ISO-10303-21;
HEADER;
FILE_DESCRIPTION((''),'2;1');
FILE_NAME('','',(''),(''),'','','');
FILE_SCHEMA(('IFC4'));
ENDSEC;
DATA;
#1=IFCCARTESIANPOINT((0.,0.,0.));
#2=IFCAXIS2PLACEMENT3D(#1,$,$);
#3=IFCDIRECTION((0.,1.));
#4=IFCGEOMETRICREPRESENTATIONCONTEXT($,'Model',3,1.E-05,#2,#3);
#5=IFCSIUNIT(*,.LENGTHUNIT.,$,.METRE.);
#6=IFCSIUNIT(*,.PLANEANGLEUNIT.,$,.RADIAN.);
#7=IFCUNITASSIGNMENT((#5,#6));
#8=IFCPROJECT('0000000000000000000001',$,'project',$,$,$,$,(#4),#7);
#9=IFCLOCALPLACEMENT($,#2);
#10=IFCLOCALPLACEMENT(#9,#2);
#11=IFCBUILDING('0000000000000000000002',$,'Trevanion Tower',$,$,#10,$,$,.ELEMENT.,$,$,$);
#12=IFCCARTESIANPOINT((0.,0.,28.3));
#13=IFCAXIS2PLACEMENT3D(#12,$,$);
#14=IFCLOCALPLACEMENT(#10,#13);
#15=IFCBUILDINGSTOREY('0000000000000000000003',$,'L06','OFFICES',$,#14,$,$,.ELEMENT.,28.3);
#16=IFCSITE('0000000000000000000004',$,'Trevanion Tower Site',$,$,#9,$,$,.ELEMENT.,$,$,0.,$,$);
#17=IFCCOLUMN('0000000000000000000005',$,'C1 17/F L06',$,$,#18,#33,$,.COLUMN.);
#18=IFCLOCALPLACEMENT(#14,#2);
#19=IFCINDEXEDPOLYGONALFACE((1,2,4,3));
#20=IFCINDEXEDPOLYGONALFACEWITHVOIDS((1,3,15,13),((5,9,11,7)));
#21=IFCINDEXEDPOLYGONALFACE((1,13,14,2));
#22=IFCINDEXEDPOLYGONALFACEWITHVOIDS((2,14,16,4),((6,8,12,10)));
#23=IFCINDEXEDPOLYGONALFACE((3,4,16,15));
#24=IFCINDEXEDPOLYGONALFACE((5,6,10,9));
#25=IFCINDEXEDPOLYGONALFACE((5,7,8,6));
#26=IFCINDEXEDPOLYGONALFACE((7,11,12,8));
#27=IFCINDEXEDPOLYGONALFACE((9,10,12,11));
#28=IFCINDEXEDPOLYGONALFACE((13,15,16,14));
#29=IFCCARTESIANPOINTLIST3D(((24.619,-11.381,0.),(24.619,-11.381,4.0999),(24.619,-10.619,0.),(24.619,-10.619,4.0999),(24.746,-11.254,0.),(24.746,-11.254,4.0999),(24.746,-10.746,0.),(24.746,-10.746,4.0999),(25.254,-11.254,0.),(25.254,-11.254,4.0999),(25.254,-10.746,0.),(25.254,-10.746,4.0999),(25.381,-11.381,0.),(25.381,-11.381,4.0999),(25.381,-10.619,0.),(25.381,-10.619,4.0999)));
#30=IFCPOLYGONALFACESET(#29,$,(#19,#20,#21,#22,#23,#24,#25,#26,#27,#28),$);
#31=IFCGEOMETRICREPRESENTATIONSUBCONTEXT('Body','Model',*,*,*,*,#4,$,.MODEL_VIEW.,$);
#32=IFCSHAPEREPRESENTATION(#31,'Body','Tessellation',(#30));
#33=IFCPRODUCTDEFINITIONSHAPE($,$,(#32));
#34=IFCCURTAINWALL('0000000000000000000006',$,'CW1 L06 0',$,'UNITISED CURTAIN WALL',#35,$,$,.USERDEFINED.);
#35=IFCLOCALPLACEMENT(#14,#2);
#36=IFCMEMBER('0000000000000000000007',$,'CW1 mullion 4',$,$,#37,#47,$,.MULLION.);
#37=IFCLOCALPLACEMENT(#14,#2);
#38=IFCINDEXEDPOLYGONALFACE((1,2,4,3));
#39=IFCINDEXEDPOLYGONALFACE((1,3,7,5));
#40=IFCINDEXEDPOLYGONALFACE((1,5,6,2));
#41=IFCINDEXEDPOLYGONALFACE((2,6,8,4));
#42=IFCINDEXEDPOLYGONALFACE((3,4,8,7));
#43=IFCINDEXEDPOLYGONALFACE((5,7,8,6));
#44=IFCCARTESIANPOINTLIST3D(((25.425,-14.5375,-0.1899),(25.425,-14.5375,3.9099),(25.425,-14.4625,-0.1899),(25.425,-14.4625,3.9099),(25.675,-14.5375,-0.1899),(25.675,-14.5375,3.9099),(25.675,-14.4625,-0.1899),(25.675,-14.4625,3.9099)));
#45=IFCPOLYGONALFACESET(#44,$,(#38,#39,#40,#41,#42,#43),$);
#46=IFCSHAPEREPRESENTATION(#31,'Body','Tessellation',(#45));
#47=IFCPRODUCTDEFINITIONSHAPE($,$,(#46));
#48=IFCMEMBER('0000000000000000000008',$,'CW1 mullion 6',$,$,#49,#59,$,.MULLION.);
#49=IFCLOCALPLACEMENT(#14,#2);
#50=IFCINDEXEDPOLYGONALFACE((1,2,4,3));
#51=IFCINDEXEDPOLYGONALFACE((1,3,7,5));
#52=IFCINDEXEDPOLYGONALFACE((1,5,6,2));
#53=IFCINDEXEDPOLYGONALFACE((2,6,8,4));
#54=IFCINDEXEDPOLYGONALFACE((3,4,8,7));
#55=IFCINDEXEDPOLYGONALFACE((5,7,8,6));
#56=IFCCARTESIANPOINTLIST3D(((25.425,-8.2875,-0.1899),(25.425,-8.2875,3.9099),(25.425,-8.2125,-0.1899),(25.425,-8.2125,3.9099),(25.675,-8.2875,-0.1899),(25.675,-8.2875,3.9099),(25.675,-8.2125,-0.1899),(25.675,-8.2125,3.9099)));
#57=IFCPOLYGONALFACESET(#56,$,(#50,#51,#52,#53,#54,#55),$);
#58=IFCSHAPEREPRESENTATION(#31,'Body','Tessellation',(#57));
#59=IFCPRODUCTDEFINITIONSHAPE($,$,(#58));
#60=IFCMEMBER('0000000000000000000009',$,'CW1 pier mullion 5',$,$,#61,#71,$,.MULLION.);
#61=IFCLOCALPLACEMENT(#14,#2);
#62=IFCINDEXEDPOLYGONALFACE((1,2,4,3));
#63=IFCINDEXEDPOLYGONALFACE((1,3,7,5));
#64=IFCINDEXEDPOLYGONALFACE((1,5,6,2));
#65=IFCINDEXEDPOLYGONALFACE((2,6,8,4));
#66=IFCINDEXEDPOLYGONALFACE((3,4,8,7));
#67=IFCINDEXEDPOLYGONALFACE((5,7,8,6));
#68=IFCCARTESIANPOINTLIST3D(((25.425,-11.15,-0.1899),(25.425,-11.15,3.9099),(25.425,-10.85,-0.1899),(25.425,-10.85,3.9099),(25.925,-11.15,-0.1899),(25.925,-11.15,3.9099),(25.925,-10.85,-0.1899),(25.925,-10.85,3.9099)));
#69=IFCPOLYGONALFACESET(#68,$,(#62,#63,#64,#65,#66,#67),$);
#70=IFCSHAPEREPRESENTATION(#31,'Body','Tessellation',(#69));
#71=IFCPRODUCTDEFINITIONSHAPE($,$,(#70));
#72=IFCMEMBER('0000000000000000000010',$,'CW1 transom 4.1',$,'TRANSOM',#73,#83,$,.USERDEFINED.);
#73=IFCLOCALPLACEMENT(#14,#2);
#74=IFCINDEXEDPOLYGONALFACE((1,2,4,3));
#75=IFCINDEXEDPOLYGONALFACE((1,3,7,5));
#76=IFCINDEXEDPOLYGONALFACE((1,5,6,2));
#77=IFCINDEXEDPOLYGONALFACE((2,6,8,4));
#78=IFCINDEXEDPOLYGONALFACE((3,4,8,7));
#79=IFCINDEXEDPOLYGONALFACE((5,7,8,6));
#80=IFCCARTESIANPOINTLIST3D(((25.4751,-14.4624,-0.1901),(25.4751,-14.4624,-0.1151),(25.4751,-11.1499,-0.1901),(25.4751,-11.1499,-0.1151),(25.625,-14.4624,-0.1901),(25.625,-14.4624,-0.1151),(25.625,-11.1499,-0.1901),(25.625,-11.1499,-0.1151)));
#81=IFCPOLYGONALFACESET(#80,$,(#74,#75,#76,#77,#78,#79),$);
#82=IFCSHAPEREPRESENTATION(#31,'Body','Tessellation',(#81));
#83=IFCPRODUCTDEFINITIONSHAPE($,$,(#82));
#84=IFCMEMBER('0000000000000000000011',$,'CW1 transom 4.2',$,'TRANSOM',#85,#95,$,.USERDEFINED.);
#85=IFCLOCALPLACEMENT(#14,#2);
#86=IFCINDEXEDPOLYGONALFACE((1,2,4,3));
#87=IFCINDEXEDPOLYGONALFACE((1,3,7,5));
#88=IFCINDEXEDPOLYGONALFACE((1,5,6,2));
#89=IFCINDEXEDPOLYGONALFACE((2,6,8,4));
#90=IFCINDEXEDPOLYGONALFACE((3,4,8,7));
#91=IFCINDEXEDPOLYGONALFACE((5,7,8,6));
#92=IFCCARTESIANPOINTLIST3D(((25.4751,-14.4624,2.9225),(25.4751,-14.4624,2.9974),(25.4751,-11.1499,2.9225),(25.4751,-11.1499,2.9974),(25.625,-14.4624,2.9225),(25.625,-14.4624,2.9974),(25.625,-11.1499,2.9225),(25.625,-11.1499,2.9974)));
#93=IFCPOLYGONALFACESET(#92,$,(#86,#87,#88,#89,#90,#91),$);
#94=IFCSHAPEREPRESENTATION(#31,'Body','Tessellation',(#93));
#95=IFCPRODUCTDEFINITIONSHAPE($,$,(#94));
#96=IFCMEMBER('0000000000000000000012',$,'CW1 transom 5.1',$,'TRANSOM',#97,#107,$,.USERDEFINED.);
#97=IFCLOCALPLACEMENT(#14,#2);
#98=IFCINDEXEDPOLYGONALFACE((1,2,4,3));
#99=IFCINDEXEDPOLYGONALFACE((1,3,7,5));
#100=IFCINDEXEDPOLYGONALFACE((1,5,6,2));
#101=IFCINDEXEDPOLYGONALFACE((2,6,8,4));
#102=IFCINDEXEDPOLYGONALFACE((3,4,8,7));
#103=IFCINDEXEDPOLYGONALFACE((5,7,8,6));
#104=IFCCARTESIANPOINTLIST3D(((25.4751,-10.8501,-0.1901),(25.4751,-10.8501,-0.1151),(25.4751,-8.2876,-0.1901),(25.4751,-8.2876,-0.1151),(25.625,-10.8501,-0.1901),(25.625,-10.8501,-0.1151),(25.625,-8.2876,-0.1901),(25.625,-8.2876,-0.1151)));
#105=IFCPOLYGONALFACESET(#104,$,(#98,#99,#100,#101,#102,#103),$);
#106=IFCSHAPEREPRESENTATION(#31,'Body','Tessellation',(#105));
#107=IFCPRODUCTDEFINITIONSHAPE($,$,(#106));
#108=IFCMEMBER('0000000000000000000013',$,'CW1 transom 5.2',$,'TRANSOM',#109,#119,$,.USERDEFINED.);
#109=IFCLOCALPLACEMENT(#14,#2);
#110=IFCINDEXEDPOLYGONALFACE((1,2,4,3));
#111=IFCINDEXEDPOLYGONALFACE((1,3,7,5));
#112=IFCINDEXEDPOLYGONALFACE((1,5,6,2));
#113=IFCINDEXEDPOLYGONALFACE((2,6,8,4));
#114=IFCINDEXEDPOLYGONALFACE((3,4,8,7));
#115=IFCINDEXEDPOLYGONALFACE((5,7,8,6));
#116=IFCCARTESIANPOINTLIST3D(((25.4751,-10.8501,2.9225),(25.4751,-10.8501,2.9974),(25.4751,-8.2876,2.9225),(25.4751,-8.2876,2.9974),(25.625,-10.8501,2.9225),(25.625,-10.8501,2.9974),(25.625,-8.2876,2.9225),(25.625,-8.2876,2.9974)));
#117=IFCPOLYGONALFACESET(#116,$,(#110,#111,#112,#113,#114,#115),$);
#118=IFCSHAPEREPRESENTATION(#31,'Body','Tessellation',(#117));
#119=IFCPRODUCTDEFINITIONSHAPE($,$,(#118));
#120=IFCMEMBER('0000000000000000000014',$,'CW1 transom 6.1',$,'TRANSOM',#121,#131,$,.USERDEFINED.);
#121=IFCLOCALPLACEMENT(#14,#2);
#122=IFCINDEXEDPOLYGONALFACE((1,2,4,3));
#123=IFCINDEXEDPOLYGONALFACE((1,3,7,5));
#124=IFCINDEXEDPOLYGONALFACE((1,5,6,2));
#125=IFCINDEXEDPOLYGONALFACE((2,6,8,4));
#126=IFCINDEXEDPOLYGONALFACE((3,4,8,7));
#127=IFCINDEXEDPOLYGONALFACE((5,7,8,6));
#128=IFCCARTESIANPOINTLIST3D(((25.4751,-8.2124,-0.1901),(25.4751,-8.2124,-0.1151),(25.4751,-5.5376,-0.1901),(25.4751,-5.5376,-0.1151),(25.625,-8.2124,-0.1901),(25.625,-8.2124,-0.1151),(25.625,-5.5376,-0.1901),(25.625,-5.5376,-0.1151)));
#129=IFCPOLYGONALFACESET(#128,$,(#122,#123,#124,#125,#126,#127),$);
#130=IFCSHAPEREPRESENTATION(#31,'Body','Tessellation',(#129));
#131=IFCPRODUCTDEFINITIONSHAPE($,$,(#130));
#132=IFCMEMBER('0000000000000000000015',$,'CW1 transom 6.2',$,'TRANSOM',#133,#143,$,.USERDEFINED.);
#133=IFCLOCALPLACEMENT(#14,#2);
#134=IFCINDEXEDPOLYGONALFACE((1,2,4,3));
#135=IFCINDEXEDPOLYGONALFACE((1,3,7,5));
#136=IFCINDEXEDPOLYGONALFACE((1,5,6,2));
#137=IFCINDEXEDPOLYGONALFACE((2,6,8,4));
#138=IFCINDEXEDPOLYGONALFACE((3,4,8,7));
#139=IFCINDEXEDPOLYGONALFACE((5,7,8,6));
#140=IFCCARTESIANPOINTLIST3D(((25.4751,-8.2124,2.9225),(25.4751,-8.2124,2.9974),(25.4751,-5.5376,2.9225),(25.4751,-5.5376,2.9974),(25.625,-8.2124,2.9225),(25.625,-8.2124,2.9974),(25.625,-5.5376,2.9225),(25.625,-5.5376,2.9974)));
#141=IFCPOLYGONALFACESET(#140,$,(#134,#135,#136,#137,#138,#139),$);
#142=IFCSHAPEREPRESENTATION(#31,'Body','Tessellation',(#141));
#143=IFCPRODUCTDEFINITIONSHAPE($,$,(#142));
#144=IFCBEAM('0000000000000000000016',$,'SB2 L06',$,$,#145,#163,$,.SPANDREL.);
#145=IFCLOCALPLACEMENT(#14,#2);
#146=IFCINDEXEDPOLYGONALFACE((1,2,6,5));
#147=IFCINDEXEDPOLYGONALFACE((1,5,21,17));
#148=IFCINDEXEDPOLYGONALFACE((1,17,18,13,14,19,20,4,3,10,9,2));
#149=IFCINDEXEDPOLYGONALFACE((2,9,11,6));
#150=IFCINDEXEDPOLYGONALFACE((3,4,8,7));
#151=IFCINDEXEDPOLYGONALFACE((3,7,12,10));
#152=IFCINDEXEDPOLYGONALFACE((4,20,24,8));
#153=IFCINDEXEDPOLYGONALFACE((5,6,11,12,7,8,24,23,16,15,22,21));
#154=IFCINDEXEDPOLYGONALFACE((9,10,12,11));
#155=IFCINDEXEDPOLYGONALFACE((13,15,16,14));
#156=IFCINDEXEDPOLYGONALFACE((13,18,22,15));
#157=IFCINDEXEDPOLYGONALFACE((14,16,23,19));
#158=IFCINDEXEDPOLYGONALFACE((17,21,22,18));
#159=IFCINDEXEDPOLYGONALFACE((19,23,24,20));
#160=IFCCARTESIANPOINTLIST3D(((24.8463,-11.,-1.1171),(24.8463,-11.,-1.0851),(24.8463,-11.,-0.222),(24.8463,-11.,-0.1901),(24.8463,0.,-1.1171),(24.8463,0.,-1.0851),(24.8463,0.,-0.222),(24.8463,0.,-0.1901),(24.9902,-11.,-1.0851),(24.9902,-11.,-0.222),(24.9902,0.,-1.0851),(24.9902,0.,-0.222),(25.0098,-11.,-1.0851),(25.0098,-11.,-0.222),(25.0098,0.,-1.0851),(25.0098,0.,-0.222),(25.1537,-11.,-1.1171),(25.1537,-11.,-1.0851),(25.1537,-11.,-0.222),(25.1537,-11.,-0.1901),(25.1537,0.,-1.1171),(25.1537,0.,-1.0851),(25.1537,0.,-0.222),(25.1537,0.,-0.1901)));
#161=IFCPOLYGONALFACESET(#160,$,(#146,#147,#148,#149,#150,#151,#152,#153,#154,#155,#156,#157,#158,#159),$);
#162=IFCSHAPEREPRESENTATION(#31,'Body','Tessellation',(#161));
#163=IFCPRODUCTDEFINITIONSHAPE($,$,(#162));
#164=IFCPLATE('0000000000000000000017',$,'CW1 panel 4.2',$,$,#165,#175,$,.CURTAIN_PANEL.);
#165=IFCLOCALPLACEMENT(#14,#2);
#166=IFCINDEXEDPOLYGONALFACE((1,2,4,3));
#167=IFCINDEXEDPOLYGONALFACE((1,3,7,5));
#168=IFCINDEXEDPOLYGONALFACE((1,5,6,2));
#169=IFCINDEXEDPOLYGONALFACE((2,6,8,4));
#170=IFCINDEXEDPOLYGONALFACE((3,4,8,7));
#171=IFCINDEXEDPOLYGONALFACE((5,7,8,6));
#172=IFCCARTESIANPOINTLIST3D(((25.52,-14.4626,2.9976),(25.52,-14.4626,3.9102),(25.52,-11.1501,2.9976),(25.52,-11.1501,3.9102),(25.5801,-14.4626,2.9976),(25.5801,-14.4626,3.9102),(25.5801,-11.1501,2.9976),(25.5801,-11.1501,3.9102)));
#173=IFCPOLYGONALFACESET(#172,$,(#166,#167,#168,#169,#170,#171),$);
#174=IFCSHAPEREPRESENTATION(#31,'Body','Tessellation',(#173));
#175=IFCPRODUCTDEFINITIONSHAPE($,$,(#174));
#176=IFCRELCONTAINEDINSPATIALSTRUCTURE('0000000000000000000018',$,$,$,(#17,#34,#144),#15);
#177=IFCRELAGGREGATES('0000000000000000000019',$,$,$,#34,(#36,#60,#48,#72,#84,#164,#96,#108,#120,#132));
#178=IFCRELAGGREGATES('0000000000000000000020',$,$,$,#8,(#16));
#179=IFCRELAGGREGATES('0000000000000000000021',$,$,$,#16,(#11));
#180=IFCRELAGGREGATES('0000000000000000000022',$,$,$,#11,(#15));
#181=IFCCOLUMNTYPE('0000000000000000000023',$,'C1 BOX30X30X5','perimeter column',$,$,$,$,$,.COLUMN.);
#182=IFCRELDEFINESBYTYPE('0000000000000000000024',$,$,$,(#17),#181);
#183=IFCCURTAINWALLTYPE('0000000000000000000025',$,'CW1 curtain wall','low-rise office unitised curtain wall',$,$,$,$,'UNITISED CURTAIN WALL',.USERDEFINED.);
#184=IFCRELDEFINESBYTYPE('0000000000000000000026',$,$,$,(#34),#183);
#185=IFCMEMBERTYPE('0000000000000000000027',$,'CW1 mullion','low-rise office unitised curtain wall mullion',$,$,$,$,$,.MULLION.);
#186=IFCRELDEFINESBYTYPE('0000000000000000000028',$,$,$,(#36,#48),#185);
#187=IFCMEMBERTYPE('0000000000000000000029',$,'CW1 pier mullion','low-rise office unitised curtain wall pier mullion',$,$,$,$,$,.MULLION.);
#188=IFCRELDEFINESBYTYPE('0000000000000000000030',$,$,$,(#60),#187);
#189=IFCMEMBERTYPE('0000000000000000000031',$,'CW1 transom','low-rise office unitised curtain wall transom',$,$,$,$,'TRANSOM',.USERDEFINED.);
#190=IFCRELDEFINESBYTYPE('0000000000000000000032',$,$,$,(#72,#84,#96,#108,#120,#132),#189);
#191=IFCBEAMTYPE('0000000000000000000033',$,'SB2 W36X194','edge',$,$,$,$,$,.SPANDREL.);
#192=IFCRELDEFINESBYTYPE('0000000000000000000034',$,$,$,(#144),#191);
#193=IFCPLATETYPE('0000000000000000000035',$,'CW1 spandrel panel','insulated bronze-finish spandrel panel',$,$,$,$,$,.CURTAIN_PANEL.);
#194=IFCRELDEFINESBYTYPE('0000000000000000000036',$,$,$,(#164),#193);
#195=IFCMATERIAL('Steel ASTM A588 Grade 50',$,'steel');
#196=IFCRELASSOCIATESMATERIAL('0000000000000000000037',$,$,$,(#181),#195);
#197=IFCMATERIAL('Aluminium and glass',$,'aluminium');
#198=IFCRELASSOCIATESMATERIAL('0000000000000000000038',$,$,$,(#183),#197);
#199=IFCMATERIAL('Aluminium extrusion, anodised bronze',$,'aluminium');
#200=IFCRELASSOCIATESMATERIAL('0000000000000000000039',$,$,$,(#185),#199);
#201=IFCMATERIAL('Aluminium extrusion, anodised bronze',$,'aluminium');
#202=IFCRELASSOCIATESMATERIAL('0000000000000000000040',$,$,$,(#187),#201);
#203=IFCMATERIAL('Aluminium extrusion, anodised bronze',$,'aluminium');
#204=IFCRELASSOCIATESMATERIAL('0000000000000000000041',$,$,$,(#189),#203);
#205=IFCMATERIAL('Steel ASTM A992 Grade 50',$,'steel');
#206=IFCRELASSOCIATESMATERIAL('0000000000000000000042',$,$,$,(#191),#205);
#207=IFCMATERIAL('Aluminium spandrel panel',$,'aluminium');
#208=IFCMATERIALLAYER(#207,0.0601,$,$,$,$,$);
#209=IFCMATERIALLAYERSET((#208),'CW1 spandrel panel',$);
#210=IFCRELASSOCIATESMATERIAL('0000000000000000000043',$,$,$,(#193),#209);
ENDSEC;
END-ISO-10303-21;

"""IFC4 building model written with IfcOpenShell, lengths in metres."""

from ifc_helpers import new_model, si_unit, direction, frame, origin, origin_2d, place, context, subcontext, project, spatial, rectangle, hollow_rectangle, i_section, extrude, material, layer, layer_set, material_profile, profile_set, type_object, element, aggregate, save


model = new_model("IFC4")

# Units and contexts
model_context = context("Model", 3, precision=1e-05, world=origin(), true_north=direction((0.0, 1.0)))
body_context = subcontext(model_context, "Body", "Model", "MODEL_VIEW")
ifc_project = project(units=[si_unit("LENGTHUNIT", "METRE"), si_unit("PLANEANGLEUNIT", "RADIAN")], contexts=[model_context])

# Site, building, storey
site_placement = place(None, origin())
site = spatial("IfcSite", under=ifc_project, at=site_placement, Name="Trevanion Tower Site", CompositionType="ELEMENT", RefElevation=0.0)
building_placement = place(site_placement, origin())
building = spatial("IfcBuilding", under=site, at=building_placement, Name="Trevanion Tower", CompositionType="ELEMENT")
storey_placement = place(building_placement, frame((0.0, 0.0, 28.3)))
storey = spatial("IfcBuildingStorey", under=building, at=storey_placement, Name="L06", Description="OFFICES", CompositionType="ELEMENT", Elevation=28.3)

# Column
ifc_material_1 = material(Name="Steel ASTM A588 Grade 50", Category="steel")
ifc_material_profile_1 = material_profile(ifc_material_1, hollow_rectangle(XDim=0.762, YDim=0.762, WallThickness=0.127, at=origin_2d()), Name="BOX30X30X5")
ifc_profile_set_1 = profile_set([ifc_material_profile_1], Name="Steel ASTM A588 Grade 50")
column_type = type_object("IfcColumnType", Name="C1 BOX30X30X5", Description="perimeter column", PredefinedType="COLUMN", material=ifc_profile_set_1)
column_placement = place(storey_placement, frame((25.0, -11.0, 0.0), z_axis=(0.0, 0.0, 1.0), x_axis=(0.0, 1.0, 0.0)))
element("IfcColumn", 1, at=column_placement, inside=storey, type_object=column_type, Name="C1 17/F L06", PredefinedType="COLUMN", context=body_context, shape_type="SweptSolid", body=[
    extrude(hollow_rectangle(XDim=0.762, YDim=0.762, WallThickness=0.127, at=origin_2d()), origin(), (0.0, 0.0, 1.0), 4.0999),
])

# Curtain wall, members
ifc_material_2 = material(Name="Aluminium and glass", Category="aluminium")
curtain_wall_type = type_object("IfcCurtainWallType", Name="CW1 curtain wall", Description="low-rise office unitised curtain wall", ElementType="UNITISED CURTAIN WALL", PredefinedType="USERDEFINED", material=ifc_material_2)
curtain_wall_placement = place(storey_placement, origin())
curtain_wall = element("IfcCurtainWall", 2, at=curtain_wall_placement, inside=storey, type_object=curtain_wall_type, Name="CW1 L06 0", ObjectType="UNITISED CURTAIN WALL", PredefinedType="USERDEFINED")
ifc_material_3 = material(Name="Aluminium extrusion, anodised bronze", Category="aluminium")
ifc_material_profile_2 = material_profile(ifc_material_3, rectangle(XDim=0.075, YDim=0.25, at=origin_2d()), Name="CW1 mullion")
ifc_profile_set_2 = profile_set([ifc_material_profile_2], Name="Aluminium extrusion, anodised bronze")
member_type_1 = type_object("IfcMemberType", Name="CW1 mullion", Description="low-rise office unitised curtain wall mullion", PredefinedType="MULLION", material=ifc_profile_set_2)
member_1_placement = place(storey_placement, frame((25.55, -14.5, -0.1899), z_axis=(0.0, 0.0, 1.0), x_axis=(0.0, 1.0, 0.0)))
member_1 = element("IfcMember", 3, at=member_1_placement, type_object=member_type_1, Name="CW1 mullion 4", PredefinedType="MULLION", context=body_context, shape_type="SweptSolid", body=[
    extrude(rectangle(XDim=0.075, YDim=0.25, at=origin_2d()), origin(), (0.0, 0.0, 1.0), 4.0999),
])
member_2_placement = place(storey_placement, frame((25.55, -8.25, -0.1899), z_axis=(0.0, 0.0, 1.0), x_axis=(0.0, 1.0, 0.0)))
member_2 = element("IfcMember", 4, at=member_2_placement, type_object=member_type_1, Name="CW1 mullion 6", PredefinedType="MULLION", context=body_context, shape_type="SweptSolid", body=[
    extrude(rectangle(XDim=0.075, YDim=0.25, at=origin_2d()), origin(), (0.0, 0.0, 1.0), 4.0999),
])
ifc_material_4 = material(Name="Aluminium extrusion, anodised bronze", Category="aluminium")
ifc_material_profile_3 = material_profile(ifc_material_4, rectangle(XDim=0.3, YDim=0.5, at=origin_2d()), Name="CW1 pier mullion")
ifc_profile_set_3 = profile_set([ifc_material_profile_3], Name="Aluminium extrusion, anodised bronze")
member_type_2 = type_object("IfcMemberType", Name="CW1 pier mullion", Description="low-rise office unitised curtain wall pier mullion", PredefinedType="MULLION", material=ifc_profile_set_3)
member_3_placement = place(storey_placement, frame((25.675, -11.0, -0.1899), z_axis=(0.0, 0.0, 1.0), x_axis=(0.0, 1.0, 0.0)))
member_3 = element("IfcMember", 5, at=member_3_placement, type_object=member_type_2, Name="CW1 pier mullion 5", PredefinedType="MULLION", context=body_context, shape_type="SweptSolid", body=[
    extrude(rectangle(XDim=0.3, YDim=0.5, at=origin_2d()), origin(), (0.0, 0.0, 1.0), 4.0999),
])
ifc_material_5 = material(Name="Aluminium extrusion, anodised bronze", Category="aluminium")
ifc_material_profile_4 = material_profile(ifc_material_5, rectangle(XDim=0.1499, YDim=0.075, at=origin_2d()), Name="CW1 transom")
ifc_profile_set_4 = profile_set([ifc_material_profile_4], Name="Aluminium extrusion, anodised bronze")
member_type_3 = type_object("IfcMemberType", Name="CW1 transom", Description="low-rise office unitised curtain wall transom", ElementType="TRANSOM", PredefinedType="USERDEFINED", material=ifc_profile_set_4)
member_4_placement = place(storey_placement, frame((25.55, -14.4624, -0.1526), z_axis=(0.0, 1.0, 0.0), x_axis=(-1.0, 0.0, 0.0)))
member_4 = element("IfcMember", 6, at=member_4_placement, type_object=member_type_3, Name="CW1 transom 4.1", ObjectType="TRANSOM", PredefinedType="USERDEFINED", context=body_context, shape_type="SweptSolid", body=[
    extrude(rectangle(XDim=0.1499, YDim=0.075, at=origin_2d()), origin(), (0.0, 0.0, 1.0), 3.3125),
])
member_5_placement = place(storey_placement, frame((25.55, -14.4624, 2.96), z_axis=(0.0, 1.0, 0.0), x_axis=(-1.0, 0.0, 0.0)))
member_5 = element("IfcMember", 7, at=member_5_placement, type_object=member_type_3, Name="CW1 transom 4.2", ObjectType="TRANSOM", PredefinedType="USERDEFINED", context=body_context, shape_type="SweptSolid", body=[
    extrude(rectangle(XDim=0.1499, YDim=0.075, at=origin_2d()), origin(), (0.0, 0.0, 1.0), 3.3125),
])
member_6_placement = place(storey_placement, frame((25.55, -10.8501, -0.1526), z_axis=(0.0, 1.0, 0.0), x_axis=(-1.0, 0.0, 0.0)))
member_6 = element("IfcMember", 8, at=member_6_placement, type_object=member_type_3, Name="CW1 transom 5.1", ObjectType="TRANSOM", PredefinedType="USERDEFINED", context=body_context, shape_type="SweptSolid", body=[
    extrude(rectangle(XDim=0.1499, YDim=0.075, at=origin_2d()), origin(), (0.0, 0.0, 1.0), 2.5625),
])
member_7_placement = place(storey_placement, frame((25.55, -10.8501, 2.96), z_axis=(0.0, 1.0, 0.0), x_axis=(-1.0, 0.0, 0.0)))
member_7 = element("IfcMember", 9, at=member_7_placement, type_object=member_type_3, Name="CW1 transom 5.2", ObjectType="TRANSOM", PredefinedType="USERDEFINED", context=body_context, shape_type="SweptSolid", body=[
    extrude(rectangle(XDim=0.1499, YDim=0.075, at=origin_2d()), origin(), (0.0, 0.0, 1.0), 2.5625),
])
member_8_placement = place(storey_placement, frame((25.55, -8.2124, -0.1526), z_axis=(0.0, 1.0, 0.0), x_axis=(-1.0, 0.0, 0.0)))
member_8 = element("IfcMember", 10, at=member_8_placement, type_object=member_type_3, Name="CW1 transom 6.1", ObjectType="TRANSOM", PredefinedType="USERDEFINED", context=body_context, shape_type="SweptSolid", body=[
    extrude(rectangle(XDim=0.1499, YDim=0.075, at=origin_2d()), origin(), (0.0, 0.0, 1.0), 2.6748),
])
member_9_placement = place(storey_placement, frame((25.55, -8.2124, 2.96), z_axis=(0.0, 1.0, 0.0), x_axis=(-1.0, 0.0, 0.0)))
member_9 = element("IfcMember", 11, at=member_9_placement, type_object=member_type_3, Name="CW1 transom 6.2", ObjectType="TRANSOM", PredefinedType="USERDEFINED", context=body_context, shape_type="SweptSolid", body=[
    extrude(rectangle(XDim=0.1499, YDim=0.075, at=origin_2d()), origin(), (0.0, 0.0, 1.0), 2.6748),
])

# Beam
ifc_material_6 = material(Name="Steel ASTM A992 Grade 50", Category="steel")
ifc_material_profile_5 = material_profile(ifc_material_6, i_section(OverallWidth=0.3074, OverallDepth=0.927, WebThickness=0.0195, FlangeThickness=0.032, at=origin_2d()), Name="W36X194")
ifc_profile_set_5 = profile_set([ifc_material_profile_5], Name="Steel ASTM A992 Grade 50")
beam_type = type_object("IfcBeamType", Name="SB2 W36X194", Description="edge", PredefinedType="SPANDREL", material=ifc_profile_set_5)
beam_placement = place(storey_placement, frame((25.0, -11.0, -0.6536), z_axis=(0.0, 1.0, 0.0), x_axis=(-1.0, 0.0, 0.0)))
element("IfcBeam", 12, at=beam_placement, inside=storey, type_object=beam_type, Name="SB2 L06", PredefinedType="SPANDREL", context=body_context, shape_type="SweptSolid", body=[
    extrude(i_section(OverallWidth=0.3074, OverallDepth=0.927, WebThickness=0.0195, FlangeThickness=0.032, at=origin_2d()), origin(), (0.0, 0.0, 1.0), 11.0),
])

# Plate
ifc_material_7 = material(Name="Aluminium spandrel panel", Category="aluminium")
ifc_layer_1 = layer(ifc_material_7, 0.0601)
ifc_layer_set_1 = layer_set([ifc_layer_1], Name="CW1 spandrel panel")
plate_type_1 = type_object("IfcPlateType", Name="CW1 spandrel panel", Description="insulated bronze-finish spandrel panel", PredefinedType="CURTAIN_PANEL", material=ifc_layer_set_1)
plate_1_placement = place(storey_placement, frame((25.55, -12.8064, 2.9976), z_axis=(0.0, 0.0, 1.0), x_axis=(0.0, 1.0, 0.0)))
plate_1 = element("IfcPlate", 13, at=plate_1_placement, type_object=plate_type_1, Name="CW1 panel 4.2", PredefinedType="CURTAIN_PANEL", context=body_context, shape_type="SweptSolid", body=[
    extrude(rectangle(XDim=3.3125, YDim=0.0601, at=origin_2d()), origin(), (0.0, 0.0, 1.0), 0.9126),
])
aggregate(curtain_wall, [member_1, member_3, member_2, member_4, member_5, plate_1, member_6, member_7, member_8, member_9])

save(model, "model.ifc")
